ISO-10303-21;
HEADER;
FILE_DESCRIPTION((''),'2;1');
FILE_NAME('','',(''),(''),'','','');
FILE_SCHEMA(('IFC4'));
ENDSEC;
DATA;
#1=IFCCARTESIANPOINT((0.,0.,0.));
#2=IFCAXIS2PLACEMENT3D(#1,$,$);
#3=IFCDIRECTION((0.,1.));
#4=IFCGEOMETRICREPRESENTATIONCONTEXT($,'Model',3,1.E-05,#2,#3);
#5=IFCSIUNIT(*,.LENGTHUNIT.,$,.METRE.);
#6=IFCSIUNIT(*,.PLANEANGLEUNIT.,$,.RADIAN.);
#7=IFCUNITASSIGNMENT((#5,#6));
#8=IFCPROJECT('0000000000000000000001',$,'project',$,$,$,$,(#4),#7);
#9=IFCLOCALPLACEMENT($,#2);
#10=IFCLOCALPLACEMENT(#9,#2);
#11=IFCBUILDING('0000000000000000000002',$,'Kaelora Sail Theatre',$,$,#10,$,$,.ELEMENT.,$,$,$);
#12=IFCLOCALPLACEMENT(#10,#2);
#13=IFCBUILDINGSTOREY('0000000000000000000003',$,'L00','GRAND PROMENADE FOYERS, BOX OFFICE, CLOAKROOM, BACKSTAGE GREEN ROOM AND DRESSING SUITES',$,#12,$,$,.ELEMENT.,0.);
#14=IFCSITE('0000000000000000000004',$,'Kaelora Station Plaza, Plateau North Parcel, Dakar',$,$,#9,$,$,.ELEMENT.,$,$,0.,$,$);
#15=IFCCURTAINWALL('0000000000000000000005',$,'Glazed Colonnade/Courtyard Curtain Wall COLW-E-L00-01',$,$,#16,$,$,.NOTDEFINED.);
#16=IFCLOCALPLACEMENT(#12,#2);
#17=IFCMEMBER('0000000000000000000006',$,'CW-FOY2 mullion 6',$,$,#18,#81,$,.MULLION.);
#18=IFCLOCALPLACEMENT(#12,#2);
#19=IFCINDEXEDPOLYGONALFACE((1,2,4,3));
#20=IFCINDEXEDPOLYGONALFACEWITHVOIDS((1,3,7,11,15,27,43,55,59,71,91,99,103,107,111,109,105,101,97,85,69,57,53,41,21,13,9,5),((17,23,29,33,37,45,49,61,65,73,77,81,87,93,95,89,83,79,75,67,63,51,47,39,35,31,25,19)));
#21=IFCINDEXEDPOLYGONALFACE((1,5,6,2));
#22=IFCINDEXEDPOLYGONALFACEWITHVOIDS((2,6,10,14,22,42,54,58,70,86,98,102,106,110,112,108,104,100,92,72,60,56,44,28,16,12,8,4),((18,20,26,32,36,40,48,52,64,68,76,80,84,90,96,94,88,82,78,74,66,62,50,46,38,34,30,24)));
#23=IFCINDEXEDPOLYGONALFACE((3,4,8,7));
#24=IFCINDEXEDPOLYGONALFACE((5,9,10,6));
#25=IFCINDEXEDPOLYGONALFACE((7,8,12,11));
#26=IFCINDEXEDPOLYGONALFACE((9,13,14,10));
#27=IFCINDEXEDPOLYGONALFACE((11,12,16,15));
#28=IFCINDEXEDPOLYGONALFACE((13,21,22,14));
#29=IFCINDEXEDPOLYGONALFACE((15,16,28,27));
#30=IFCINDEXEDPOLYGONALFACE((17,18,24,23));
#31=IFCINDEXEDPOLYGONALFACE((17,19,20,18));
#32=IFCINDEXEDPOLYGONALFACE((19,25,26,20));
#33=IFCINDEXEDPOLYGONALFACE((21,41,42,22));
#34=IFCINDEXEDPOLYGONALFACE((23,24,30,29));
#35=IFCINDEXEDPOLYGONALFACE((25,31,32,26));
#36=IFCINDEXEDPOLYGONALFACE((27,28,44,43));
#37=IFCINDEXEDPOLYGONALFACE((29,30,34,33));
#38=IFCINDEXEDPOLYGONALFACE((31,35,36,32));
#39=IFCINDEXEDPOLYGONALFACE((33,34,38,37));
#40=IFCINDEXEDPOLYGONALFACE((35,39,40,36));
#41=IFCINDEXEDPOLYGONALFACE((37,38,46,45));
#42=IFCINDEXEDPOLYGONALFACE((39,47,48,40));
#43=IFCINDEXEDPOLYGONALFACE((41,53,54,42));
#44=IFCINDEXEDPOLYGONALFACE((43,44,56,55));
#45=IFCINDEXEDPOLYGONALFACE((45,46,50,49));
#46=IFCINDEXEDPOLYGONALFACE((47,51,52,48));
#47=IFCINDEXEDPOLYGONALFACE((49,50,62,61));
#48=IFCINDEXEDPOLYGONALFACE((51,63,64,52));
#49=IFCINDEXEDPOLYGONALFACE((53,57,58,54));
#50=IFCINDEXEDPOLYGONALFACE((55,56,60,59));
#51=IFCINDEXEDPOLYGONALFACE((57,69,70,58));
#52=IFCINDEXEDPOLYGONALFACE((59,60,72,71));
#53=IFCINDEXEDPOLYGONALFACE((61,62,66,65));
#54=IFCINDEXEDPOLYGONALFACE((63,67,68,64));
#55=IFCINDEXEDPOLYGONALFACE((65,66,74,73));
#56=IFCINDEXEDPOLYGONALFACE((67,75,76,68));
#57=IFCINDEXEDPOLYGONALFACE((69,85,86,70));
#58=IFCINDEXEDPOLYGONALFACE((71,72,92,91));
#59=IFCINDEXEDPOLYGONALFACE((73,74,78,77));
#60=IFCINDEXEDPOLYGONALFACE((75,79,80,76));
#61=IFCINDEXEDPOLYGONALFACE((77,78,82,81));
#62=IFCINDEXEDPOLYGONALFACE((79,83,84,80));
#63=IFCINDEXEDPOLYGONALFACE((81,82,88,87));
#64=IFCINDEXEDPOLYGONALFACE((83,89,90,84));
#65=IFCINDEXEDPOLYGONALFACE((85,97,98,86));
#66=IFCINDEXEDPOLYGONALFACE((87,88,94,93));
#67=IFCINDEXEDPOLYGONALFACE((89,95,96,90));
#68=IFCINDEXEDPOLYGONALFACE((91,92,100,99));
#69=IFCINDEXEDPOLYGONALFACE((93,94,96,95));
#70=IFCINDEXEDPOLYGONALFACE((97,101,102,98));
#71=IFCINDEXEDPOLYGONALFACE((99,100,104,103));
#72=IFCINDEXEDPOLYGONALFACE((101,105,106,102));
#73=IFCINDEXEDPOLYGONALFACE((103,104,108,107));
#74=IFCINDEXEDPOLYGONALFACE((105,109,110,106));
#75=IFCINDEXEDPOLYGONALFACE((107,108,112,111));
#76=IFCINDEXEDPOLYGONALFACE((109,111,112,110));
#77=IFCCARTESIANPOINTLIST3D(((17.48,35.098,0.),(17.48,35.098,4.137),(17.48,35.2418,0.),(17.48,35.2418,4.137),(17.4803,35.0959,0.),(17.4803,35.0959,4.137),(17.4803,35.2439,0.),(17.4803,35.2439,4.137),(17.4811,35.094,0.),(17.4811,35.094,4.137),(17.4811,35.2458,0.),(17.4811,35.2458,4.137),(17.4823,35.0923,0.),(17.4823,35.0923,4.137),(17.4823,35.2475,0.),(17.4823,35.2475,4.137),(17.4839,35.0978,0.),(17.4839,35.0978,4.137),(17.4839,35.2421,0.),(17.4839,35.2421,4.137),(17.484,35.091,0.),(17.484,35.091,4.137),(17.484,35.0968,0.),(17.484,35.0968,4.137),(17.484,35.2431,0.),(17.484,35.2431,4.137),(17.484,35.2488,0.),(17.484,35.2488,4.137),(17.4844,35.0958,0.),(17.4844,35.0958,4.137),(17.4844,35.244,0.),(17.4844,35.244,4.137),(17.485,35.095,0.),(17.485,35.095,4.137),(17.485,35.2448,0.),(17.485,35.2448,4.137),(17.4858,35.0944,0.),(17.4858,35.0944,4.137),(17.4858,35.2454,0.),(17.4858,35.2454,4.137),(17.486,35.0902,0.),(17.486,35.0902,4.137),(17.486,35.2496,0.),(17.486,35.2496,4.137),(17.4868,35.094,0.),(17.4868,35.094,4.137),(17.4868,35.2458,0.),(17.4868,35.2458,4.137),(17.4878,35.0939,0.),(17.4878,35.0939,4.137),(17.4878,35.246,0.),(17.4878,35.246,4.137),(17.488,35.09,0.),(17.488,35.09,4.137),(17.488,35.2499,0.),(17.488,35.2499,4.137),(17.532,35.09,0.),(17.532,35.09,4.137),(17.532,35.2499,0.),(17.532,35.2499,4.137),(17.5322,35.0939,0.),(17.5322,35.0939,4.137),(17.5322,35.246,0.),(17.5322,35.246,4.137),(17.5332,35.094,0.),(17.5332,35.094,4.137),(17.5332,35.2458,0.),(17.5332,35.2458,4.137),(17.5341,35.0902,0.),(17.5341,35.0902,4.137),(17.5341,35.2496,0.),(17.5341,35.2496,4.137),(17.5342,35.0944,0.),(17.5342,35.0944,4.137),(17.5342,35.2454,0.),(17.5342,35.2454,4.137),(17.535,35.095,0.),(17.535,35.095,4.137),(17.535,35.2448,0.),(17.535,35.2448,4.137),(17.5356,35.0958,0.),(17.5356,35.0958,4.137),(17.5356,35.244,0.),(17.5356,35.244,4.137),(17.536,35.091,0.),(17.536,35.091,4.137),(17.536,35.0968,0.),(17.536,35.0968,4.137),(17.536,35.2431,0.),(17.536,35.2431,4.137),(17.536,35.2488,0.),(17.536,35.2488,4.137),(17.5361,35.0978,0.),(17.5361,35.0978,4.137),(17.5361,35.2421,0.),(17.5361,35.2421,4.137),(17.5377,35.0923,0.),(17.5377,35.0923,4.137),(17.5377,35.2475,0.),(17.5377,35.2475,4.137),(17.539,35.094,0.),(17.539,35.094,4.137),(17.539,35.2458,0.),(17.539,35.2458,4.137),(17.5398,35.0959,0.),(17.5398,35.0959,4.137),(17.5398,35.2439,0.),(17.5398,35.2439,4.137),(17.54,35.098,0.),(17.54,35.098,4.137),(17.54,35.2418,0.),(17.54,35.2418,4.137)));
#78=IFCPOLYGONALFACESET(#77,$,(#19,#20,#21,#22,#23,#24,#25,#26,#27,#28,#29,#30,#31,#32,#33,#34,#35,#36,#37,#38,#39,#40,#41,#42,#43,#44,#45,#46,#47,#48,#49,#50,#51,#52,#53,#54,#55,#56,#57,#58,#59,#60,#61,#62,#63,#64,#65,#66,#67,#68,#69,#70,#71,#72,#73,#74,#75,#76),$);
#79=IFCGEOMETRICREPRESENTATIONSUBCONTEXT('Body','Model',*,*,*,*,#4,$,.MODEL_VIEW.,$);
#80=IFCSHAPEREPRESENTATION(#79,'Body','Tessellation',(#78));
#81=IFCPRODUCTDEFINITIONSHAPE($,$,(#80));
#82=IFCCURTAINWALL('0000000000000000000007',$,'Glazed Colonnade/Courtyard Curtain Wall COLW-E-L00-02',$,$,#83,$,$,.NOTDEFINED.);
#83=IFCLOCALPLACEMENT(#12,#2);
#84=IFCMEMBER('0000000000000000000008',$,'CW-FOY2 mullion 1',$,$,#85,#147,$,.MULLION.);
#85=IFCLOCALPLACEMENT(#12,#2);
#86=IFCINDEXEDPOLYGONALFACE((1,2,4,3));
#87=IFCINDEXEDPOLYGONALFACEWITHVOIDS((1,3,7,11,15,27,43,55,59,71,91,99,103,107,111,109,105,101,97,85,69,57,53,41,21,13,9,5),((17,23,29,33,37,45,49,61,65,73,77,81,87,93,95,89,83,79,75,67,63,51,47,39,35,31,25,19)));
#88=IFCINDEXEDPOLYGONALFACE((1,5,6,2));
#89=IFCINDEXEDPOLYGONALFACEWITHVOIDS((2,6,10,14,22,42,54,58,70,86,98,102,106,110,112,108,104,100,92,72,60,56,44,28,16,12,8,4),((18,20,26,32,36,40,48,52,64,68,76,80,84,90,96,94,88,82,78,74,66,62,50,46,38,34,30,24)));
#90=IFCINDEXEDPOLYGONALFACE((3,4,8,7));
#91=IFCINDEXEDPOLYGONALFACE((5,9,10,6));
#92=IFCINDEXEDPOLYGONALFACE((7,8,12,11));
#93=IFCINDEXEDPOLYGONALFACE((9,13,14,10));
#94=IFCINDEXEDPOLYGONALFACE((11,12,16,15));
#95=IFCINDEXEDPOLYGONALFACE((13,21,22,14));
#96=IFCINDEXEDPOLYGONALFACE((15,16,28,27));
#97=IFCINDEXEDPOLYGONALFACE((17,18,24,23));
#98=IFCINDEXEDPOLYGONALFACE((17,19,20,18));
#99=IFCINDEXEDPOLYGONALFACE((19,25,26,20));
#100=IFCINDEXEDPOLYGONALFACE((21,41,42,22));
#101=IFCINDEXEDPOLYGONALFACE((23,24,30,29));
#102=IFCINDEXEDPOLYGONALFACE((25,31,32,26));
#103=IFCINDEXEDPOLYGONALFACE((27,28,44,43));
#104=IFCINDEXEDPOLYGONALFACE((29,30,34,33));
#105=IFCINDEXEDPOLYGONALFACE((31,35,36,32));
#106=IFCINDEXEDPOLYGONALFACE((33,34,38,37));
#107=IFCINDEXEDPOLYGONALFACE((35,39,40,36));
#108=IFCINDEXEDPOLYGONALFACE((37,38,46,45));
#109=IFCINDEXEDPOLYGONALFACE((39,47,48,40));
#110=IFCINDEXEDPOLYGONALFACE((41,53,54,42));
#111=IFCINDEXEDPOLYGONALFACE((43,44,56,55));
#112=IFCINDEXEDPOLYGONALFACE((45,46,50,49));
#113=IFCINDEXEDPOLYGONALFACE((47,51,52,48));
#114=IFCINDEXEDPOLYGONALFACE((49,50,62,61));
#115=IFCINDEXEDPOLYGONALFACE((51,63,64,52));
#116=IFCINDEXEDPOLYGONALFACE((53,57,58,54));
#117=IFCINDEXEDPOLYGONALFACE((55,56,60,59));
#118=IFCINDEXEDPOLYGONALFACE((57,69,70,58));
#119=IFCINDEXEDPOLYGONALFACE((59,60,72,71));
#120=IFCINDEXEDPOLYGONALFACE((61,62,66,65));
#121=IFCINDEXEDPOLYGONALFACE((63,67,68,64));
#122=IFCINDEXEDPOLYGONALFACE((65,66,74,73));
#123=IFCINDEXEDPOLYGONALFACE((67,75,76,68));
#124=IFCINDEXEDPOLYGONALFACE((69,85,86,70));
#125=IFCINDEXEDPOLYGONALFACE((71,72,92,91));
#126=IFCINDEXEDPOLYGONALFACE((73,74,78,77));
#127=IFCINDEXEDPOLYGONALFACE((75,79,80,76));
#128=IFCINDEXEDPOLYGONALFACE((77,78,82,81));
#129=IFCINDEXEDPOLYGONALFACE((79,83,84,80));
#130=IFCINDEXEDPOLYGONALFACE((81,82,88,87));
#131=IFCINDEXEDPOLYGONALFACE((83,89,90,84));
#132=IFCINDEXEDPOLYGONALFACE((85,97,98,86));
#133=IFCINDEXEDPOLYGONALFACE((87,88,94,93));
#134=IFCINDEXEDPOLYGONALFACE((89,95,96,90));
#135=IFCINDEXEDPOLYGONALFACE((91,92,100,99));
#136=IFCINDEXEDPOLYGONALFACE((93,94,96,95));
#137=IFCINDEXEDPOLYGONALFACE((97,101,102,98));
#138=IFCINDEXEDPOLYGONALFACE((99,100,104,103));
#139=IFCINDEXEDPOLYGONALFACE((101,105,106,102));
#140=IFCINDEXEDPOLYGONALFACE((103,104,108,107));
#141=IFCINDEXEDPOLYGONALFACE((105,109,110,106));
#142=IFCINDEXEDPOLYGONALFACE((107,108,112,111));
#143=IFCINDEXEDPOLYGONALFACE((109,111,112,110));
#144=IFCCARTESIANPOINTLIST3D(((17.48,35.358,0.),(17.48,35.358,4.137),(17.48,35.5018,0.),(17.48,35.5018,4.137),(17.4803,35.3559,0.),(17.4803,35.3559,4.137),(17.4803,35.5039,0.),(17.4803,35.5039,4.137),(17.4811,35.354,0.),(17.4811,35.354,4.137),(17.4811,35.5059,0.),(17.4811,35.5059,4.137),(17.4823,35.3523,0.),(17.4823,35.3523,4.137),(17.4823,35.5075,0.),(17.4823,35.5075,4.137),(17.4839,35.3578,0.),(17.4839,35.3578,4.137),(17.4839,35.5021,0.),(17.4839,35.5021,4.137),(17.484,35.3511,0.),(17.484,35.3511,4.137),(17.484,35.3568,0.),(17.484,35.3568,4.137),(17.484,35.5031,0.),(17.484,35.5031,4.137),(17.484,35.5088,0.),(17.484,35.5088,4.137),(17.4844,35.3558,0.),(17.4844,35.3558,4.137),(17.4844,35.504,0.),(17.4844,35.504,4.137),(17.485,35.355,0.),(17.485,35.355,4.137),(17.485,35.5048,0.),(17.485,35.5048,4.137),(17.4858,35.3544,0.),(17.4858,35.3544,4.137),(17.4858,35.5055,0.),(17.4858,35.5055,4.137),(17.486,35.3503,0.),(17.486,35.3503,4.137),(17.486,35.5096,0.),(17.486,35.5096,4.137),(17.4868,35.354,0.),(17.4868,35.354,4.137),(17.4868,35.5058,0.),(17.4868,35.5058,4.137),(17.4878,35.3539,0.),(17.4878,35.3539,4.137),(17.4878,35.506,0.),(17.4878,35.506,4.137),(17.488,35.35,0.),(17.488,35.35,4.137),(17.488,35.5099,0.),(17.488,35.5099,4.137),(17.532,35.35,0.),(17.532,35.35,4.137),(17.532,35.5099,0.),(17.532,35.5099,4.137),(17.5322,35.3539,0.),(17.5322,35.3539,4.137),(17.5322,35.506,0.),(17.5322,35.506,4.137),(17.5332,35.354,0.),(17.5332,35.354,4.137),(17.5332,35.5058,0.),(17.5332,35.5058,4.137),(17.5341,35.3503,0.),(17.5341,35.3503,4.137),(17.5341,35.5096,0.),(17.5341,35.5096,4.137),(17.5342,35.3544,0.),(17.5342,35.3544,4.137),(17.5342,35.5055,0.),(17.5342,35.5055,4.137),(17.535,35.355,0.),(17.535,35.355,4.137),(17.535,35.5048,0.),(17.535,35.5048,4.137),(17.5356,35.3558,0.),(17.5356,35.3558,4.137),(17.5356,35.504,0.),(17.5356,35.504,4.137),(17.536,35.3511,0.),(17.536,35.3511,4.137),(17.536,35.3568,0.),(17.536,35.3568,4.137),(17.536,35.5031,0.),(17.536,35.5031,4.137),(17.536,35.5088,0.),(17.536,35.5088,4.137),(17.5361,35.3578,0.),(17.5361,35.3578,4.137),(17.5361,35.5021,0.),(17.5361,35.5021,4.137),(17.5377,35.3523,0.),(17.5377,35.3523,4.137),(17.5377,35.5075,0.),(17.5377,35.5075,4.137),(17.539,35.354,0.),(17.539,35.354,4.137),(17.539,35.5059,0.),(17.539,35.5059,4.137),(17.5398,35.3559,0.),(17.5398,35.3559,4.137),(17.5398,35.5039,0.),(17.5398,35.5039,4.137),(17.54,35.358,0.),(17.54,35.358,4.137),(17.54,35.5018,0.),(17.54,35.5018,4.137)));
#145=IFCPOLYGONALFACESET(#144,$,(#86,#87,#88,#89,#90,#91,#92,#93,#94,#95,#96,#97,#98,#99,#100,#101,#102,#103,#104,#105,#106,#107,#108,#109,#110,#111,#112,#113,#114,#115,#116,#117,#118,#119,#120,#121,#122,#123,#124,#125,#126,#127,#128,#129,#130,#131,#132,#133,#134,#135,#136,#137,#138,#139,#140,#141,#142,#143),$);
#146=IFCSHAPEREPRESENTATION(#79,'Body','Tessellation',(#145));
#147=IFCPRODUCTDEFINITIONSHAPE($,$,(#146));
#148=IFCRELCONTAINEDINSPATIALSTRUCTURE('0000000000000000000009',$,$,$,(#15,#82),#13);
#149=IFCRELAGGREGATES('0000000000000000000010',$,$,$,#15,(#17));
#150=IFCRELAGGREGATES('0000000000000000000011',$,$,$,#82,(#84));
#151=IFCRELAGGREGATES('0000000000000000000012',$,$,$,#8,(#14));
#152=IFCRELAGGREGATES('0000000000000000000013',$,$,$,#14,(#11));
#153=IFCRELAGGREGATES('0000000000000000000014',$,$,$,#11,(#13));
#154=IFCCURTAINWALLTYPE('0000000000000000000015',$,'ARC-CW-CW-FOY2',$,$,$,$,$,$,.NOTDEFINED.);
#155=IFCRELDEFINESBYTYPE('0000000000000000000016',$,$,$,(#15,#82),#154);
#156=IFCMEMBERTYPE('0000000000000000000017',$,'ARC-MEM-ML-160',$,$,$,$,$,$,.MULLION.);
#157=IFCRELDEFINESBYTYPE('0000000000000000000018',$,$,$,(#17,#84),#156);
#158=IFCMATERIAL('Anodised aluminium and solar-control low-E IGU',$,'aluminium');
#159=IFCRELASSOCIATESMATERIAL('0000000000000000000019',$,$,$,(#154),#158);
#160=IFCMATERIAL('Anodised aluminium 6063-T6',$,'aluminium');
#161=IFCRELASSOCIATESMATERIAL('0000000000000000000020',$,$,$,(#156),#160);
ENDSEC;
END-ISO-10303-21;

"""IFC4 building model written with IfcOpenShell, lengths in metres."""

from ifc_helpers import new_model, si_unit, direction, frame, origin, origin_2d, place, context, subcontext, project, spatial, hollow_rectangle, extrude, material, material_profile, profile_set, type_object, element, aggregate, save


model = new_model("IFC4")

# Units and contexts
model_context = context("Model", 3, precision=1e-05, world=origin(), true_north=direction((0.0, 1.0)))
body_context = subcontext(model_context, "Body", "Model", "MODEL_VIEW")
ifc_project = project(units=[si_unit("LENGTHUNIT", "METRE"), si_unit("PLANEANGLEUNIT", "RADIAN")], contexts=[model_context])

# Site, building, storey
site_placement = place(None, origin())
site = spatial("IfcSite", under=ifc_project, at=site_placement, Name="Kaelora Station Plaza, Plateau North Parcel, Dakar", CompositionType="ELEMENT", RefElevation=0.0)
building_placement = place(site_placement, origin())
building = spatial("IfcBuilding", under=site, at=building_placement, Name="Kaelora Sail Theatre", CompositionType="ELEMENT")
storey_placement = place(building_placement, origin())
storey = spatial("IfcBuildingStorey", under=building, at=storey_placement, Name="L00", Description="GRAND PROMENADE FOYERS, BOX OFFICE, CLOAKROOM, BACKSTAGE GREEN ROOM AND DRESSING SUITES", CompositionType="ELEMENT", Elevation=0.0)

# Curtain wall, member
ifc_material_1 = material(Name="Anodised aluminium and solar-control low-E IGU", Category="aluminium")
curtain_wall_type = type_object("IfcCurtainWallType", Name="ARC-CW-CW-FOY2", PredefinedType="NOTDEFINED", material=ifc_material_1)
curtain_wall_1_placement = place(storey_placement, origin())
curtain_wall_1 = element("IfcCurtainWall", 1, at=curtain_wall_1_placement, inside=storey, type_object=curtain_wall_type, Name="Glazed Colonnade/Courtyard Curtain Wall COLW-E-L00-01", PredefinedType="NOTDEFINED")
ifc_material_2 = material(Name="Anodised aluminium 6063-T6", Category="aluminium")
ifc_material_profile_1 = material_profile(ifc_material_2, hollow_rectangle(XDim=0.0601, YDim=0.1599, WallThickness=0.0039, InnerFilletRadius=0.0039, OuterFilletRadius=0.0081, at=origin_2d()), Name="ALU-MULL 60x160x4")
ifc_profile_set_1 = profile_set([ifc_material_profile_1], Name="Anodised aluminium 6063-T6")
member_type_1 = type_object("IfcMemberType", Name="ARC-MEM-ML-160", PredefinedType="MULLION", material=ifc_profile_set_1)
member_1_placement = place(storey_placement, frame((17.51, 35.1699, 0.0), z_axis=(0.0, 0.0, 1.0), x_axis=(-1.0, 0.0, 0.0)))
member_1 = element("IfcMember", 2, at=member_1_placement, type_object=member_type_1, Name="CW-FOY2 mullion 6", PredefinedType="MULLION", context=body_context, shape_type="SweptSolid", body=[
    extrude(hollow_rectangle(XDim=0.0601, YDim=0.1599, WallThickness=0.0039, InnerFilletRadius=0.0039, OuterFilletRadius=0.0081, at=origin_2d()), origin(), (0.0, 0.0, 1.0), 4.137),
])

# Curtain wall, member
curtain_wall_2_placement = place(storey_placement, origin())
curtain_wall_2 = element("IfcCurtainWall", 3, at=curtain_wall_2_placement, inside=storey, type_object=curtain_wall_type, Name="Glazed Colonnade/Courtyard Curtain Wall COLW-E-L00-02", PredefinedType="NOTDEFINED")
member_2_placement = place(storey_placement, frame((17.51, 35.4299, 0.0), z_axis=(0.0, 0.0, 1.0), x_axis=(-1.0, 0.0, 0.0)))
member_2 = element("IfcMember", 4, at=member_2_placement, type_object=member_type_1, Name="CW-FOY2 mullion 1", PredefinedType="MULLION", context=body_context, shape_type="SweptSolid", body=[
    extrude(hollow_rectangle(XDim=0.0601, YDim=0.1599, WallThickness=0.0039, InnerFilletRadius=0.0039, OuterFilletRadius=0.0081, at=origin_2d()), origin(), (0.0, 0.0, 1.0), 4.137),
])

aggregate(curtain_wall_1, [member_1])
aggregate(curtain_wall_2, [member_2])

save(model, "model.ifc")
